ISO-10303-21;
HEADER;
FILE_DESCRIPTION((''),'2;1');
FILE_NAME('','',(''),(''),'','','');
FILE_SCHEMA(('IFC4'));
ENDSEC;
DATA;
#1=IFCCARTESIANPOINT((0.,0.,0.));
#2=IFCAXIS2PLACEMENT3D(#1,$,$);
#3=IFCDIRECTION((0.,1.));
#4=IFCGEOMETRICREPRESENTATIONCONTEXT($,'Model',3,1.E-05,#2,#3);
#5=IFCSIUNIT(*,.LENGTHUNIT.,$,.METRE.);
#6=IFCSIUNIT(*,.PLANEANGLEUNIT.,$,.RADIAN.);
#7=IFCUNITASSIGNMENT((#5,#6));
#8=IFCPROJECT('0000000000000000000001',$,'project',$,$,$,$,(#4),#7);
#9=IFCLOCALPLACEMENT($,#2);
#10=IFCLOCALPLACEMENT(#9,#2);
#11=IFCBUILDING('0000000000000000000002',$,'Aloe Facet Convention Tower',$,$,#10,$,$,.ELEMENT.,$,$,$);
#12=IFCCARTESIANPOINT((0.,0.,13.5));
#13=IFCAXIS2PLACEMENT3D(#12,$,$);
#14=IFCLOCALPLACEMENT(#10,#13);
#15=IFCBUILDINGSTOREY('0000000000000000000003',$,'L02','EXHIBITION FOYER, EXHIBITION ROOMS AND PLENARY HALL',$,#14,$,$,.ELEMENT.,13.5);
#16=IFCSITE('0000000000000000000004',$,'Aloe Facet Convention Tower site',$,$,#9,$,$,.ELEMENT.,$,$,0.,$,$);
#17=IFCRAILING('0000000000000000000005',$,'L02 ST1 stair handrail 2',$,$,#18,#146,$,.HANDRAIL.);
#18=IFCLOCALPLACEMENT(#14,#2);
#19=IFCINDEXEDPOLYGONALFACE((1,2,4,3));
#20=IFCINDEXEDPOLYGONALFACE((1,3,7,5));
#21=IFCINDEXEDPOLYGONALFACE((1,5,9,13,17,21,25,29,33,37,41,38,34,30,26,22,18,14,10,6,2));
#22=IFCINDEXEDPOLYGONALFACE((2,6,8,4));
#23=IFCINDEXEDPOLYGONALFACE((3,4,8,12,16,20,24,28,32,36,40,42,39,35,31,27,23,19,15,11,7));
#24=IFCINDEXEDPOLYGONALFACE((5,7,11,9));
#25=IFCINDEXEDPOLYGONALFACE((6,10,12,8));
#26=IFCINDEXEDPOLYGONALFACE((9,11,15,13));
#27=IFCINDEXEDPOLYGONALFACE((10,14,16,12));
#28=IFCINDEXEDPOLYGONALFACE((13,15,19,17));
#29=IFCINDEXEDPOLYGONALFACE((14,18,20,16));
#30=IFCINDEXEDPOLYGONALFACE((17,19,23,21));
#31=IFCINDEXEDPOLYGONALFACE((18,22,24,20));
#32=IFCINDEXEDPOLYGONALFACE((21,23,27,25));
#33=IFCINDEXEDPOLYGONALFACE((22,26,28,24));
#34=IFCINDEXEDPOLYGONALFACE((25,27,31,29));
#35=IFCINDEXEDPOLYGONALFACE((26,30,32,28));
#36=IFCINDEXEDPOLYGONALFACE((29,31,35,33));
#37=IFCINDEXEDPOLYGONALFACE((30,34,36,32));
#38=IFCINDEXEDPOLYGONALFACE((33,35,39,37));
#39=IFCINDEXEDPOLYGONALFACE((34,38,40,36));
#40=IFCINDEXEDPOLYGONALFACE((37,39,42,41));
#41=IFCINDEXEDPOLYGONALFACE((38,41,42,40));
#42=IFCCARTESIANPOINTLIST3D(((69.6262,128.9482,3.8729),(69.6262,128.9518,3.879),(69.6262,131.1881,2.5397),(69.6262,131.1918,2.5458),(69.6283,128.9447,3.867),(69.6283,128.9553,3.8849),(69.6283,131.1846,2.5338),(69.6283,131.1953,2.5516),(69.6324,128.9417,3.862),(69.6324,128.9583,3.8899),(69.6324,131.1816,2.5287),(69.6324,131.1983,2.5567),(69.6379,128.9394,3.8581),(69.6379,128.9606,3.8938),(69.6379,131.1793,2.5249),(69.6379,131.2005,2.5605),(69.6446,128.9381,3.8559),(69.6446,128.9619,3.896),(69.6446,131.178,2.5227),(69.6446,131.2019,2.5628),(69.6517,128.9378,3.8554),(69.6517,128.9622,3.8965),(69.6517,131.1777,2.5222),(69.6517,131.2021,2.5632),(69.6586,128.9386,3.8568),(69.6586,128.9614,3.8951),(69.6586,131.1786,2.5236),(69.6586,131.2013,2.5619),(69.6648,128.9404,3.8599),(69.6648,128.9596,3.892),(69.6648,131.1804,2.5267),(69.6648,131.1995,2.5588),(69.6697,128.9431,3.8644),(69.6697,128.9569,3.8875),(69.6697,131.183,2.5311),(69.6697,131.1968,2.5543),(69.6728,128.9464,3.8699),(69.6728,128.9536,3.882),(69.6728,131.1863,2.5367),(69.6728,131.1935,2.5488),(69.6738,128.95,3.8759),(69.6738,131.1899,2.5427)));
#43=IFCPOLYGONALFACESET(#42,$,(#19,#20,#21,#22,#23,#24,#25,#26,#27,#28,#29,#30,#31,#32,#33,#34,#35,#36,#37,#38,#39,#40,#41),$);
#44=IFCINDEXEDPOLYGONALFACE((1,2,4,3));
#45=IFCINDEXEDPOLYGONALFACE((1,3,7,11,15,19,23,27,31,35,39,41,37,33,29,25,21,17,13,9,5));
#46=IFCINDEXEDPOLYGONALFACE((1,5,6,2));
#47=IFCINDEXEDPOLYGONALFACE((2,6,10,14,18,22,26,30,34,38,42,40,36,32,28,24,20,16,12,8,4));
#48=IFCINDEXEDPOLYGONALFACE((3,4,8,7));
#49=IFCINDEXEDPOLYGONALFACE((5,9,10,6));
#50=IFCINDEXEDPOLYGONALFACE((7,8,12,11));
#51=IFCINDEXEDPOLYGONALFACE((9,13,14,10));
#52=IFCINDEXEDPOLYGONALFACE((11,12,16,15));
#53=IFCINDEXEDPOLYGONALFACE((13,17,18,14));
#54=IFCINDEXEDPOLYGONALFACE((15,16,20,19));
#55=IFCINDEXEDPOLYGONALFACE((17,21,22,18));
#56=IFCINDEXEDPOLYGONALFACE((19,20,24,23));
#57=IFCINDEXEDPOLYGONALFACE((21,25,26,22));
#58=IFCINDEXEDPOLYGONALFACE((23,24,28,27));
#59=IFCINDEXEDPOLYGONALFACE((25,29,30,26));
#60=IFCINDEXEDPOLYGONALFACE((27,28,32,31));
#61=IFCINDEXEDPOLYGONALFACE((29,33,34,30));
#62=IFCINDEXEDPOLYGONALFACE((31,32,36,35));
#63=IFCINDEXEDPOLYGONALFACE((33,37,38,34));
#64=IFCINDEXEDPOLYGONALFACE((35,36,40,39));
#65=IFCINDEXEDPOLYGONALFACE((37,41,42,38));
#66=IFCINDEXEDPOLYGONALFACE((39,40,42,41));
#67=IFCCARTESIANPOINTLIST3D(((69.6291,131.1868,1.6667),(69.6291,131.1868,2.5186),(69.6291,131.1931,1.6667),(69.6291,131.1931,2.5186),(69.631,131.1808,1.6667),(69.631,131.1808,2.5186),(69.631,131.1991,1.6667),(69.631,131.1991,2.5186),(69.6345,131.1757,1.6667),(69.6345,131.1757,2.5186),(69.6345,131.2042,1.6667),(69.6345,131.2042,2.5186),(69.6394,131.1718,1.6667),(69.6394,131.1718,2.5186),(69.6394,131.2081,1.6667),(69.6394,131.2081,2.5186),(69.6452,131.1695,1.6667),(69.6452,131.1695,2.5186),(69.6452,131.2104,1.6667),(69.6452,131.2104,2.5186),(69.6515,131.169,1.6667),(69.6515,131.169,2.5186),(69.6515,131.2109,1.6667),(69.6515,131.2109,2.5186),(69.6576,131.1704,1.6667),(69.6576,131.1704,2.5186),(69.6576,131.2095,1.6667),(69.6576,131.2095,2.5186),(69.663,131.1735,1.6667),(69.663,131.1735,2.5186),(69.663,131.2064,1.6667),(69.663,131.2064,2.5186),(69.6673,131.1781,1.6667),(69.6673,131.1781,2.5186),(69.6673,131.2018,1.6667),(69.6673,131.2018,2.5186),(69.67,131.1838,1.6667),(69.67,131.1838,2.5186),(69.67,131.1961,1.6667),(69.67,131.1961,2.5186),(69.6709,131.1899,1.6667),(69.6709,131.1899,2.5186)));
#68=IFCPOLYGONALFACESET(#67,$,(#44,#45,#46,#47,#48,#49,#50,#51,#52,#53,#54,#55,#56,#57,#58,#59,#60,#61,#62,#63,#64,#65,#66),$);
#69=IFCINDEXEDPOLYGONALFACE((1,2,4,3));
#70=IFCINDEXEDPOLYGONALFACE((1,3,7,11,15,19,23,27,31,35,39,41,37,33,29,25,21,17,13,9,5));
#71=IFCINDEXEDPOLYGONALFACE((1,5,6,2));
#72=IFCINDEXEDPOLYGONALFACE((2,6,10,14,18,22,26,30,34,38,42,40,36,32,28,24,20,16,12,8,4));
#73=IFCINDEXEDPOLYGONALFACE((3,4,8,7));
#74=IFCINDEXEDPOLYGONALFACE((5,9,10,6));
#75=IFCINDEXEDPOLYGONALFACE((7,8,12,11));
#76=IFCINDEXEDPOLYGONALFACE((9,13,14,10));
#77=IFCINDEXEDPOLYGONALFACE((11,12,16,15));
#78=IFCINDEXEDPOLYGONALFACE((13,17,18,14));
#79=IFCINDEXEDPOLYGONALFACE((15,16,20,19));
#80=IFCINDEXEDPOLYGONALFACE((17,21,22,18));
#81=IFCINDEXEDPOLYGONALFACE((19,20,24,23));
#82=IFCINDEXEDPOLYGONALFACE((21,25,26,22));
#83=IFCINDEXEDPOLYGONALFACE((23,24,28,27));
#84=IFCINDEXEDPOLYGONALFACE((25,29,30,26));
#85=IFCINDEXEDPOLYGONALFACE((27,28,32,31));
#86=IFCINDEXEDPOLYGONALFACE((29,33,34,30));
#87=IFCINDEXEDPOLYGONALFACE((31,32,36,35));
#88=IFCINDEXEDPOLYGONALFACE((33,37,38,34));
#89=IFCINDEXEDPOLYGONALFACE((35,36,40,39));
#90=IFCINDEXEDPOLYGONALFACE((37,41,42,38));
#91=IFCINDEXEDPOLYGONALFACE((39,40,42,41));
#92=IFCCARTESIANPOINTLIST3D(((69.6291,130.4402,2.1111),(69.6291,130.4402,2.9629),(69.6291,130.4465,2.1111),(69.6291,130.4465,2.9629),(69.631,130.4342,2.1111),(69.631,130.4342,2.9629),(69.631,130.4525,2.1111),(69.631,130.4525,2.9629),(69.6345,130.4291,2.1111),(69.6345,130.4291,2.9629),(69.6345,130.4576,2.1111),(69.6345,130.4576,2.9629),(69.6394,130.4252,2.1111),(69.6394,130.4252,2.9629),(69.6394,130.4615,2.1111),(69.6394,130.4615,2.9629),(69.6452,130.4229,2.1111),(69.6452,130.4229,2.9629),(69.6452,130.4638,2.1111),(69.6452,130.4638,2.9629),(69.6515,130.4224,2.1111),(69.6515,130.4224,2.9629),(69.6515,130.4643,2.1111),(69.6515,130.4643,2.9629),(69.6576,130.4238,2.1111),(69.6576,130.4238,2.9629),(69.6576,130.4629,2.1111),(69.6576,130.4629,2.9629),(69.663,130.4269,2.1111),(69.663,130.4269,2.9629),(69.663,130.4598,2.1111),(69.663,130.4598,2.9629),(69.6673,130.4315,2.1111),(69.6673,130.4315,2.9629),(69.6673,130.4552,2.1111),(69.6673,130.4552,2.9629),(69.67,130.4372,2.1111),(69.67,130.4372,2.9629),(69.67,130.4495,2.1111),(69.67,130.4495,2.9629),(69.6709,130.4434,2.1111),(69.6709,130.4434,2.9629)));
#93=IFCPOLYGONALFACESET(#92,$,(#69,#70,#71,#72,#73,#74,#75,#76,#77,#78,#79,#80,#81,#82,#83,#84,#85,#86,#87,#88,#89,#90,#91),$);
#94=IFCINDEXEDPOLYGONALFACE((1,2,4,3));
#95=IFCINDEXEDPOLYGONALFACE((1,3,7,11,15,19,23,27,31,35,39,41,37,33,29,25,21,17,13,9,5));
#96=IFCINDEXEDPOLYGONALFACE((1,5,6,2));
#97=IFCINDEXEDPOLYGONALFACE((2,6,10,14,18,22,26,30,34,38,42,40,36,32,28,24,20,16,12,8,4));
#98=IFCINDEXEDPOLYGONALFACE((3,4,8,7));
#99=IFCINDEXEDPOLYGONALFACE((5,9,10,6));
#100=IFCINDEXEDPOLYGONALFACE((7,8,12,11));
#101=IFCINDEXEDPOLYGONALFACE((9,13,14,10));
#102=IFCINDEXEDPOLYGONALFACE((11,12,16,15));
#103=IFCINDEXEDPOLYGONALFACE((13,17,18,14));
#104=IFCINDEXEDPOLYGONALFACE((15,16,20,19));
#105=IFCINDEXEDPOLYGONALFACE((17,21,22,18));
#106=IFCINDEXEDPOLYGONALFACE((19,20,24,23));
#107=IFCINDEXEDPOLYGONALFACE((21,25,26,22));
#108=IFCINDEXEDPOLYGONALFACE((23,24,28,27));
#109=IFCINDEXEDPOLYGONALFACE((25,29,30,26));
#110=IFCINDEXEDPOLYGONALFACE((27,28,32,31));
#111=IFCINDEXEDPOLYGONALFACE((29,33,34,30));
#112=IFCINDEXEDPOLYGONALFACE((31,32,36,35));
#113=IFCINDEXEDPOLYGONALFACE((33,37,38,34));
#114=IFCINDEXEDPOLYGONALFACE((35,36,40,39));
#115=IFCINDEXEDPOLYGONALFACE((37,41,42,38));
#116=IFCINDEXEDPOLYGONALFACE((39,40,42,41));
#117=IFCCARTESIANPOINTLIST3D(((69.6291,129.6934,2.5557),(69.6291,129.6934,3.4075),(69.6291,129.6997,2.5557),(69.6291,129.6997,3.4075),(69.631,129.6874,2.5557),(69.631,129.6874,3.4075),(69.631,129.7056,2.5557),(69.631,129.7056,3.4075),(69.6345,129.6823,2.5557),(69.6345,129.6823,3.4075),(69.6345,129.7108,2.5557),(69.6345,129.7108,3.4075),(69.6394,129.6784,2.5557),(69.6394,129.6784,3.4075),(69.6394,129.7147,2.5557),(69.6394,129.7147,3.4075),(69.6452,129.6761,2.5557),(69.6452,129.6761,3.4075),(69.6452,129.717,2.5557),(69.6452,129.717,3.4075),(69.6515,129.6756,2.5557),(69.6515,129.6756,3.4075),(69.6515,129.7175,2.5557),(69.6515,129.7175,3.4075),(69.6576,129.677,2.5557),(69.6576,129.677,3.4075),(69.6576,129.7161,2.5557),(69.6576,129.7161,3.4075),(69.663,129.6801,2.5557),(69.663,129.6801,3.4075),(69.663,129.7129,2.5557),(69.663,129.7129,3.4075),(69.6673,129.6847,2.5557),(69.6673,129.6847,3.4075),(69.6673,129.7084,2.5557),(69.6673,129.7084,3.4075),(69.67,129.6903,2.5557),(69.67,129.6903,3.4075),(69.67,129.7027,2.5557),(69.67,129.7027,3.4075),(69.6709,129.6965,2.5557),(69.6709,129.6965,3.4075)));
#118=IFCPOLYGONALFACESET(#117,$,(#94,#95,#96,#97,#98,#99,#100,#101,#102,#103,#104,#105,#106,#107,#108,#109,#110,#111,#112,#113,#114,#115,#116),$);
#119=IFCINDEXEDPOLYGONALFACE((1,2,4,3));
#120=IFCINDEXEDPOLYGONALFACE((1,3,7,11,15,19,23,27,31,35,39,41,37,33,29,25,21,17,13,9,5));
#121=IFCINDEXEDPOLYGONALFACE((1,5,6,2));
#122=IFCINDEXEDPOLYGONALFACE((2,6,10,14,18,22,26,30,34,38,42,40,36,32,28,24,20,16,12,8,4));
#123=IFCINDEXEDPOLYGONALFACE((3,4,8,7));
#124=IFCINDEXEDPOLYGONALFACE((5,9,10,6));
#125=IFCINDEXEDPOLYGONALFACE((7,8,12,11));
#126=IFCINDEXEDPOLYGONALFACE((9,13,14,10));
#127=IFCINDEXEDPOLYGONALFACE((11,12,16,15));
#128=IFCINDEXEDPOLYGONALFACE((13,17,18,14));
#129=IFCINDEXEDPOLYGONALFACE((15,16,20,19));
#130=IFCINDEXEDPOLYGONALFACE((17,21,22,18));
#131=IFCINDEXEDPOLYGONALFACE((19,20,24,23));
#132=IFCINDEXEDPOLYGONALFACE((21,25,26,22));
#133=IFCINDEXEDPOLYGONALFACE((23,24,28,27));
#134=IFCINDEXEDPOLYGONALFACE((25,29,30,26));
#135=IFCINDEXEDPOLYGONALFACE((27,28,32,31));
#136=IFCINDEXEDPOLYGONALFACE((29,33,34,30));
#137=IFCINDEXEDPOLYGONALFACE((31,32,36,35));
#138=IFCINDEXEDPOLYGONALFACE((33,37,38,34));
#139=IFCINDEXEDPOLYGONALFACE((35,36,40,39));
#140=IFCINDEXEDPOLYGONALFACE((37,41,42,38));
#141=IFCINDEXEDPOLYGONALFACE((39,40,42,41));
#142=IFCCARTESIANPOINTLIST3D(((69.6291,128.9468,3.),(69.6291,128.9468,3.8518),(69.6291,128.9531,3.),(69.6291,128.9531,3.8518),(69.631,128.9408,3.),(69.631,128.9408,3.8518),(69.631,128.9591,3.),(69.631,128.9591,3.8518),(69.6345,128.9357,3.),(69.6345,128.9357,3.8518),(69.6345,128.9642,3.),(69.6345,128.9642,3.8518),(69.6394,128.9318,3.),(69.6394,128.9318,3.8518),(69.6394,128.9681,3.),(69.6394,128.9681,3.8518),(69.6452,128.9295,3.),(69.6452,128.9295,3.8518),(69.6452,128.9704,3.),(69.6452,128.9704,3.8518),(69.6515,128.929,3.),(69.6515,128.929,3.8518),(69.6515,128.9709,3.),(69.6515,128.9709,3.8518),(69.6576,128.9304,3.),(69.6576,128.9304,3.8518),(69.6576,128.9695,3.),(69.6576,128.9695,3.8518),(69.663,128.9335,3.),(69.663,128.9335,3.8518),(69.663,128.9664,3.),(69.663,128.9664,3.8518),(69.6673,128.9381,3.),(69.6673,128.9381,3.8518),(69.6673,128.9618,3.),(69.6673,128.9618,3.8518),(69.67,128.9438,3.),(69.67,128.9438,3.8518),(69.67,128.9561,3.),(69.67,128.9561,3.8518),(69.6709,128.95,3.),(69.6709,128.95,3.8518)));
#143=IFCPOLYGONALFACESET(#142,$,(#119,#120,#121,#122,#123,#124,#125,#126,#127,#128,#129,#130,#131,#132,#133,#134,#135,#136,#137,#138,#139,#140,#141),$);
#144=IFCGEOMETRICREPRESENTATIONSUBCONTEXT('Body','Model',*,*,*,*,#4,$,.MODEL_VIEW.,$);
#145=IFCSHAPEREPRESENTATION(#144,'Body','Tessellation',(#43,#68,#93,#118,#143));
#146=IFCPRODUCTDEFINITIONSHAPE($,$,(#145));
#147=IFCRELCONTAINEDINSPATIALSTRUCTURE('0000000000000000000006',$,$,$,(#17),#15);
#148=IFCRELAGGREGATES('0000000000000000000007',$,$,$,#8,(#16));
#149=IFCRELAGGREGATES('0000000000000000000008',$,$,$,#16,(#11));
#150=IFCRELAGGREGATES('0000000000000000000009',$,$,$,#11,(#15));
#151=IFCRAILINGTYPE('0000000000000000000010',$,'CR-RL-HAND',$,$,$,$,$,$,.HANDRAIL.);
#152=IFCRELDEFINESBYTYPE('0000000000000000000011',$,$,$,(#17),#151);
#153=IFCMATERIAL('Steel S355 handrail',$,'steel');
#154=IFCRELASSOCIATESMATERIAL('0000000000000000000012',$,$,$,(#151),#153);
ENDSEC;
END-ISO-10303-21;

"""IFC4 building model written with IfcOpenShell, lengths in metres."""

from ifc_helpers import new_model, si_unit, direction, frame, origin, origin_2d, place, context, subcontext, project, spatial, circle, extrude, material, type_object, element, save


model = new_model("IFC4")

# Units and contexts
model_context = context("Model", 3, precision=1e-05, world=origin(), true_north=direction((0.0, 1.0)))
body_context = subcontext(model_context, "Body", "Model", "MODEL_VIEW")
ifc_project = project(units=[si_unit("LENGTHUNIT", "METRE"), si_unit("PLANEANGLEUNIT", "RADIAN")], contexts=[model_context])

# Site, building, storey
site_placement = place(None, origin())
site = spatial("IfcSite", under=ifc_project, at=site_placement, Name="Aloe Facet Convention Tower site", CompositionType="ELEMENT", RefElevation=0.0)
building_placement = place(site_placement, origin())
building = spatial("IfcBuilding", under=site, at=building_placement, Name="Aloe Facet Convention Tower", CompositionType="ELEMENT")
storey_placement = place(building_placement, frame((0.0, 0.0, 13.5)))
storey = spatial("IfcBuildingStorey", under=building, at=storey_placement, Name="L02", Description="EXHIBITION FOYER, EXHIBITION ROOMS AND PLENARY HALL", CompositionType="ELEMENT", Elevation=13.5)

# Railing
ifc_material_1 = material(Name="Steel S355 handrail", Category="steel")
railing_type_1 = type_object("IfcRailingType", Name="CR-RL-HAND", PredefinedType="HANDRAIL", material=ifc_material_1)
for number, where, name in (
    (1, (69.6499, 131.1899, 1.6667), "L02 ST1 stair handrail 2"),
):
    element("IfcRailing", number, at=place(storey_placement, frame(where)), inside=storey, type_object=railing_type_1, Name=name, PredefinedType="HANDRAIL", context=body_context, shape_type="SweptSolid", body=[
        extrude(circle(Radius=0.0239, at=origin_2d()), frame((0.0, 0.0, 0.876), z_axis=(0.0, -0.859306, 0.511462), x_axis=(1.0, 0.0, 0.0)), (0.0, 0.0, 1.0), 2.6067),
        extrude(circle(Radius=0.021, at=origin_2d()), origin(), (0.0, 0.0, 1.0), 0.8518),
        extrude(circle(Radius=0.021, at=origin_2d()), frame((0.0, -0.7466, 0.4443)), (0.0, 0.0, 1.0), 0.8518),
        extrude(circle(Radius=0.021, at=origin_2d()), frame((0.0, -1.4934, 0.8889)), (0.0, 0.0, 1.0), 0.8518),
        extrude(circle(Radius=0.021, at=origin_2d()), frame((0.0, -2.24, 1.3333)), (0.0, 0.0, 1.0), 0.8518),
    ])

save(model, "model.ifc")
